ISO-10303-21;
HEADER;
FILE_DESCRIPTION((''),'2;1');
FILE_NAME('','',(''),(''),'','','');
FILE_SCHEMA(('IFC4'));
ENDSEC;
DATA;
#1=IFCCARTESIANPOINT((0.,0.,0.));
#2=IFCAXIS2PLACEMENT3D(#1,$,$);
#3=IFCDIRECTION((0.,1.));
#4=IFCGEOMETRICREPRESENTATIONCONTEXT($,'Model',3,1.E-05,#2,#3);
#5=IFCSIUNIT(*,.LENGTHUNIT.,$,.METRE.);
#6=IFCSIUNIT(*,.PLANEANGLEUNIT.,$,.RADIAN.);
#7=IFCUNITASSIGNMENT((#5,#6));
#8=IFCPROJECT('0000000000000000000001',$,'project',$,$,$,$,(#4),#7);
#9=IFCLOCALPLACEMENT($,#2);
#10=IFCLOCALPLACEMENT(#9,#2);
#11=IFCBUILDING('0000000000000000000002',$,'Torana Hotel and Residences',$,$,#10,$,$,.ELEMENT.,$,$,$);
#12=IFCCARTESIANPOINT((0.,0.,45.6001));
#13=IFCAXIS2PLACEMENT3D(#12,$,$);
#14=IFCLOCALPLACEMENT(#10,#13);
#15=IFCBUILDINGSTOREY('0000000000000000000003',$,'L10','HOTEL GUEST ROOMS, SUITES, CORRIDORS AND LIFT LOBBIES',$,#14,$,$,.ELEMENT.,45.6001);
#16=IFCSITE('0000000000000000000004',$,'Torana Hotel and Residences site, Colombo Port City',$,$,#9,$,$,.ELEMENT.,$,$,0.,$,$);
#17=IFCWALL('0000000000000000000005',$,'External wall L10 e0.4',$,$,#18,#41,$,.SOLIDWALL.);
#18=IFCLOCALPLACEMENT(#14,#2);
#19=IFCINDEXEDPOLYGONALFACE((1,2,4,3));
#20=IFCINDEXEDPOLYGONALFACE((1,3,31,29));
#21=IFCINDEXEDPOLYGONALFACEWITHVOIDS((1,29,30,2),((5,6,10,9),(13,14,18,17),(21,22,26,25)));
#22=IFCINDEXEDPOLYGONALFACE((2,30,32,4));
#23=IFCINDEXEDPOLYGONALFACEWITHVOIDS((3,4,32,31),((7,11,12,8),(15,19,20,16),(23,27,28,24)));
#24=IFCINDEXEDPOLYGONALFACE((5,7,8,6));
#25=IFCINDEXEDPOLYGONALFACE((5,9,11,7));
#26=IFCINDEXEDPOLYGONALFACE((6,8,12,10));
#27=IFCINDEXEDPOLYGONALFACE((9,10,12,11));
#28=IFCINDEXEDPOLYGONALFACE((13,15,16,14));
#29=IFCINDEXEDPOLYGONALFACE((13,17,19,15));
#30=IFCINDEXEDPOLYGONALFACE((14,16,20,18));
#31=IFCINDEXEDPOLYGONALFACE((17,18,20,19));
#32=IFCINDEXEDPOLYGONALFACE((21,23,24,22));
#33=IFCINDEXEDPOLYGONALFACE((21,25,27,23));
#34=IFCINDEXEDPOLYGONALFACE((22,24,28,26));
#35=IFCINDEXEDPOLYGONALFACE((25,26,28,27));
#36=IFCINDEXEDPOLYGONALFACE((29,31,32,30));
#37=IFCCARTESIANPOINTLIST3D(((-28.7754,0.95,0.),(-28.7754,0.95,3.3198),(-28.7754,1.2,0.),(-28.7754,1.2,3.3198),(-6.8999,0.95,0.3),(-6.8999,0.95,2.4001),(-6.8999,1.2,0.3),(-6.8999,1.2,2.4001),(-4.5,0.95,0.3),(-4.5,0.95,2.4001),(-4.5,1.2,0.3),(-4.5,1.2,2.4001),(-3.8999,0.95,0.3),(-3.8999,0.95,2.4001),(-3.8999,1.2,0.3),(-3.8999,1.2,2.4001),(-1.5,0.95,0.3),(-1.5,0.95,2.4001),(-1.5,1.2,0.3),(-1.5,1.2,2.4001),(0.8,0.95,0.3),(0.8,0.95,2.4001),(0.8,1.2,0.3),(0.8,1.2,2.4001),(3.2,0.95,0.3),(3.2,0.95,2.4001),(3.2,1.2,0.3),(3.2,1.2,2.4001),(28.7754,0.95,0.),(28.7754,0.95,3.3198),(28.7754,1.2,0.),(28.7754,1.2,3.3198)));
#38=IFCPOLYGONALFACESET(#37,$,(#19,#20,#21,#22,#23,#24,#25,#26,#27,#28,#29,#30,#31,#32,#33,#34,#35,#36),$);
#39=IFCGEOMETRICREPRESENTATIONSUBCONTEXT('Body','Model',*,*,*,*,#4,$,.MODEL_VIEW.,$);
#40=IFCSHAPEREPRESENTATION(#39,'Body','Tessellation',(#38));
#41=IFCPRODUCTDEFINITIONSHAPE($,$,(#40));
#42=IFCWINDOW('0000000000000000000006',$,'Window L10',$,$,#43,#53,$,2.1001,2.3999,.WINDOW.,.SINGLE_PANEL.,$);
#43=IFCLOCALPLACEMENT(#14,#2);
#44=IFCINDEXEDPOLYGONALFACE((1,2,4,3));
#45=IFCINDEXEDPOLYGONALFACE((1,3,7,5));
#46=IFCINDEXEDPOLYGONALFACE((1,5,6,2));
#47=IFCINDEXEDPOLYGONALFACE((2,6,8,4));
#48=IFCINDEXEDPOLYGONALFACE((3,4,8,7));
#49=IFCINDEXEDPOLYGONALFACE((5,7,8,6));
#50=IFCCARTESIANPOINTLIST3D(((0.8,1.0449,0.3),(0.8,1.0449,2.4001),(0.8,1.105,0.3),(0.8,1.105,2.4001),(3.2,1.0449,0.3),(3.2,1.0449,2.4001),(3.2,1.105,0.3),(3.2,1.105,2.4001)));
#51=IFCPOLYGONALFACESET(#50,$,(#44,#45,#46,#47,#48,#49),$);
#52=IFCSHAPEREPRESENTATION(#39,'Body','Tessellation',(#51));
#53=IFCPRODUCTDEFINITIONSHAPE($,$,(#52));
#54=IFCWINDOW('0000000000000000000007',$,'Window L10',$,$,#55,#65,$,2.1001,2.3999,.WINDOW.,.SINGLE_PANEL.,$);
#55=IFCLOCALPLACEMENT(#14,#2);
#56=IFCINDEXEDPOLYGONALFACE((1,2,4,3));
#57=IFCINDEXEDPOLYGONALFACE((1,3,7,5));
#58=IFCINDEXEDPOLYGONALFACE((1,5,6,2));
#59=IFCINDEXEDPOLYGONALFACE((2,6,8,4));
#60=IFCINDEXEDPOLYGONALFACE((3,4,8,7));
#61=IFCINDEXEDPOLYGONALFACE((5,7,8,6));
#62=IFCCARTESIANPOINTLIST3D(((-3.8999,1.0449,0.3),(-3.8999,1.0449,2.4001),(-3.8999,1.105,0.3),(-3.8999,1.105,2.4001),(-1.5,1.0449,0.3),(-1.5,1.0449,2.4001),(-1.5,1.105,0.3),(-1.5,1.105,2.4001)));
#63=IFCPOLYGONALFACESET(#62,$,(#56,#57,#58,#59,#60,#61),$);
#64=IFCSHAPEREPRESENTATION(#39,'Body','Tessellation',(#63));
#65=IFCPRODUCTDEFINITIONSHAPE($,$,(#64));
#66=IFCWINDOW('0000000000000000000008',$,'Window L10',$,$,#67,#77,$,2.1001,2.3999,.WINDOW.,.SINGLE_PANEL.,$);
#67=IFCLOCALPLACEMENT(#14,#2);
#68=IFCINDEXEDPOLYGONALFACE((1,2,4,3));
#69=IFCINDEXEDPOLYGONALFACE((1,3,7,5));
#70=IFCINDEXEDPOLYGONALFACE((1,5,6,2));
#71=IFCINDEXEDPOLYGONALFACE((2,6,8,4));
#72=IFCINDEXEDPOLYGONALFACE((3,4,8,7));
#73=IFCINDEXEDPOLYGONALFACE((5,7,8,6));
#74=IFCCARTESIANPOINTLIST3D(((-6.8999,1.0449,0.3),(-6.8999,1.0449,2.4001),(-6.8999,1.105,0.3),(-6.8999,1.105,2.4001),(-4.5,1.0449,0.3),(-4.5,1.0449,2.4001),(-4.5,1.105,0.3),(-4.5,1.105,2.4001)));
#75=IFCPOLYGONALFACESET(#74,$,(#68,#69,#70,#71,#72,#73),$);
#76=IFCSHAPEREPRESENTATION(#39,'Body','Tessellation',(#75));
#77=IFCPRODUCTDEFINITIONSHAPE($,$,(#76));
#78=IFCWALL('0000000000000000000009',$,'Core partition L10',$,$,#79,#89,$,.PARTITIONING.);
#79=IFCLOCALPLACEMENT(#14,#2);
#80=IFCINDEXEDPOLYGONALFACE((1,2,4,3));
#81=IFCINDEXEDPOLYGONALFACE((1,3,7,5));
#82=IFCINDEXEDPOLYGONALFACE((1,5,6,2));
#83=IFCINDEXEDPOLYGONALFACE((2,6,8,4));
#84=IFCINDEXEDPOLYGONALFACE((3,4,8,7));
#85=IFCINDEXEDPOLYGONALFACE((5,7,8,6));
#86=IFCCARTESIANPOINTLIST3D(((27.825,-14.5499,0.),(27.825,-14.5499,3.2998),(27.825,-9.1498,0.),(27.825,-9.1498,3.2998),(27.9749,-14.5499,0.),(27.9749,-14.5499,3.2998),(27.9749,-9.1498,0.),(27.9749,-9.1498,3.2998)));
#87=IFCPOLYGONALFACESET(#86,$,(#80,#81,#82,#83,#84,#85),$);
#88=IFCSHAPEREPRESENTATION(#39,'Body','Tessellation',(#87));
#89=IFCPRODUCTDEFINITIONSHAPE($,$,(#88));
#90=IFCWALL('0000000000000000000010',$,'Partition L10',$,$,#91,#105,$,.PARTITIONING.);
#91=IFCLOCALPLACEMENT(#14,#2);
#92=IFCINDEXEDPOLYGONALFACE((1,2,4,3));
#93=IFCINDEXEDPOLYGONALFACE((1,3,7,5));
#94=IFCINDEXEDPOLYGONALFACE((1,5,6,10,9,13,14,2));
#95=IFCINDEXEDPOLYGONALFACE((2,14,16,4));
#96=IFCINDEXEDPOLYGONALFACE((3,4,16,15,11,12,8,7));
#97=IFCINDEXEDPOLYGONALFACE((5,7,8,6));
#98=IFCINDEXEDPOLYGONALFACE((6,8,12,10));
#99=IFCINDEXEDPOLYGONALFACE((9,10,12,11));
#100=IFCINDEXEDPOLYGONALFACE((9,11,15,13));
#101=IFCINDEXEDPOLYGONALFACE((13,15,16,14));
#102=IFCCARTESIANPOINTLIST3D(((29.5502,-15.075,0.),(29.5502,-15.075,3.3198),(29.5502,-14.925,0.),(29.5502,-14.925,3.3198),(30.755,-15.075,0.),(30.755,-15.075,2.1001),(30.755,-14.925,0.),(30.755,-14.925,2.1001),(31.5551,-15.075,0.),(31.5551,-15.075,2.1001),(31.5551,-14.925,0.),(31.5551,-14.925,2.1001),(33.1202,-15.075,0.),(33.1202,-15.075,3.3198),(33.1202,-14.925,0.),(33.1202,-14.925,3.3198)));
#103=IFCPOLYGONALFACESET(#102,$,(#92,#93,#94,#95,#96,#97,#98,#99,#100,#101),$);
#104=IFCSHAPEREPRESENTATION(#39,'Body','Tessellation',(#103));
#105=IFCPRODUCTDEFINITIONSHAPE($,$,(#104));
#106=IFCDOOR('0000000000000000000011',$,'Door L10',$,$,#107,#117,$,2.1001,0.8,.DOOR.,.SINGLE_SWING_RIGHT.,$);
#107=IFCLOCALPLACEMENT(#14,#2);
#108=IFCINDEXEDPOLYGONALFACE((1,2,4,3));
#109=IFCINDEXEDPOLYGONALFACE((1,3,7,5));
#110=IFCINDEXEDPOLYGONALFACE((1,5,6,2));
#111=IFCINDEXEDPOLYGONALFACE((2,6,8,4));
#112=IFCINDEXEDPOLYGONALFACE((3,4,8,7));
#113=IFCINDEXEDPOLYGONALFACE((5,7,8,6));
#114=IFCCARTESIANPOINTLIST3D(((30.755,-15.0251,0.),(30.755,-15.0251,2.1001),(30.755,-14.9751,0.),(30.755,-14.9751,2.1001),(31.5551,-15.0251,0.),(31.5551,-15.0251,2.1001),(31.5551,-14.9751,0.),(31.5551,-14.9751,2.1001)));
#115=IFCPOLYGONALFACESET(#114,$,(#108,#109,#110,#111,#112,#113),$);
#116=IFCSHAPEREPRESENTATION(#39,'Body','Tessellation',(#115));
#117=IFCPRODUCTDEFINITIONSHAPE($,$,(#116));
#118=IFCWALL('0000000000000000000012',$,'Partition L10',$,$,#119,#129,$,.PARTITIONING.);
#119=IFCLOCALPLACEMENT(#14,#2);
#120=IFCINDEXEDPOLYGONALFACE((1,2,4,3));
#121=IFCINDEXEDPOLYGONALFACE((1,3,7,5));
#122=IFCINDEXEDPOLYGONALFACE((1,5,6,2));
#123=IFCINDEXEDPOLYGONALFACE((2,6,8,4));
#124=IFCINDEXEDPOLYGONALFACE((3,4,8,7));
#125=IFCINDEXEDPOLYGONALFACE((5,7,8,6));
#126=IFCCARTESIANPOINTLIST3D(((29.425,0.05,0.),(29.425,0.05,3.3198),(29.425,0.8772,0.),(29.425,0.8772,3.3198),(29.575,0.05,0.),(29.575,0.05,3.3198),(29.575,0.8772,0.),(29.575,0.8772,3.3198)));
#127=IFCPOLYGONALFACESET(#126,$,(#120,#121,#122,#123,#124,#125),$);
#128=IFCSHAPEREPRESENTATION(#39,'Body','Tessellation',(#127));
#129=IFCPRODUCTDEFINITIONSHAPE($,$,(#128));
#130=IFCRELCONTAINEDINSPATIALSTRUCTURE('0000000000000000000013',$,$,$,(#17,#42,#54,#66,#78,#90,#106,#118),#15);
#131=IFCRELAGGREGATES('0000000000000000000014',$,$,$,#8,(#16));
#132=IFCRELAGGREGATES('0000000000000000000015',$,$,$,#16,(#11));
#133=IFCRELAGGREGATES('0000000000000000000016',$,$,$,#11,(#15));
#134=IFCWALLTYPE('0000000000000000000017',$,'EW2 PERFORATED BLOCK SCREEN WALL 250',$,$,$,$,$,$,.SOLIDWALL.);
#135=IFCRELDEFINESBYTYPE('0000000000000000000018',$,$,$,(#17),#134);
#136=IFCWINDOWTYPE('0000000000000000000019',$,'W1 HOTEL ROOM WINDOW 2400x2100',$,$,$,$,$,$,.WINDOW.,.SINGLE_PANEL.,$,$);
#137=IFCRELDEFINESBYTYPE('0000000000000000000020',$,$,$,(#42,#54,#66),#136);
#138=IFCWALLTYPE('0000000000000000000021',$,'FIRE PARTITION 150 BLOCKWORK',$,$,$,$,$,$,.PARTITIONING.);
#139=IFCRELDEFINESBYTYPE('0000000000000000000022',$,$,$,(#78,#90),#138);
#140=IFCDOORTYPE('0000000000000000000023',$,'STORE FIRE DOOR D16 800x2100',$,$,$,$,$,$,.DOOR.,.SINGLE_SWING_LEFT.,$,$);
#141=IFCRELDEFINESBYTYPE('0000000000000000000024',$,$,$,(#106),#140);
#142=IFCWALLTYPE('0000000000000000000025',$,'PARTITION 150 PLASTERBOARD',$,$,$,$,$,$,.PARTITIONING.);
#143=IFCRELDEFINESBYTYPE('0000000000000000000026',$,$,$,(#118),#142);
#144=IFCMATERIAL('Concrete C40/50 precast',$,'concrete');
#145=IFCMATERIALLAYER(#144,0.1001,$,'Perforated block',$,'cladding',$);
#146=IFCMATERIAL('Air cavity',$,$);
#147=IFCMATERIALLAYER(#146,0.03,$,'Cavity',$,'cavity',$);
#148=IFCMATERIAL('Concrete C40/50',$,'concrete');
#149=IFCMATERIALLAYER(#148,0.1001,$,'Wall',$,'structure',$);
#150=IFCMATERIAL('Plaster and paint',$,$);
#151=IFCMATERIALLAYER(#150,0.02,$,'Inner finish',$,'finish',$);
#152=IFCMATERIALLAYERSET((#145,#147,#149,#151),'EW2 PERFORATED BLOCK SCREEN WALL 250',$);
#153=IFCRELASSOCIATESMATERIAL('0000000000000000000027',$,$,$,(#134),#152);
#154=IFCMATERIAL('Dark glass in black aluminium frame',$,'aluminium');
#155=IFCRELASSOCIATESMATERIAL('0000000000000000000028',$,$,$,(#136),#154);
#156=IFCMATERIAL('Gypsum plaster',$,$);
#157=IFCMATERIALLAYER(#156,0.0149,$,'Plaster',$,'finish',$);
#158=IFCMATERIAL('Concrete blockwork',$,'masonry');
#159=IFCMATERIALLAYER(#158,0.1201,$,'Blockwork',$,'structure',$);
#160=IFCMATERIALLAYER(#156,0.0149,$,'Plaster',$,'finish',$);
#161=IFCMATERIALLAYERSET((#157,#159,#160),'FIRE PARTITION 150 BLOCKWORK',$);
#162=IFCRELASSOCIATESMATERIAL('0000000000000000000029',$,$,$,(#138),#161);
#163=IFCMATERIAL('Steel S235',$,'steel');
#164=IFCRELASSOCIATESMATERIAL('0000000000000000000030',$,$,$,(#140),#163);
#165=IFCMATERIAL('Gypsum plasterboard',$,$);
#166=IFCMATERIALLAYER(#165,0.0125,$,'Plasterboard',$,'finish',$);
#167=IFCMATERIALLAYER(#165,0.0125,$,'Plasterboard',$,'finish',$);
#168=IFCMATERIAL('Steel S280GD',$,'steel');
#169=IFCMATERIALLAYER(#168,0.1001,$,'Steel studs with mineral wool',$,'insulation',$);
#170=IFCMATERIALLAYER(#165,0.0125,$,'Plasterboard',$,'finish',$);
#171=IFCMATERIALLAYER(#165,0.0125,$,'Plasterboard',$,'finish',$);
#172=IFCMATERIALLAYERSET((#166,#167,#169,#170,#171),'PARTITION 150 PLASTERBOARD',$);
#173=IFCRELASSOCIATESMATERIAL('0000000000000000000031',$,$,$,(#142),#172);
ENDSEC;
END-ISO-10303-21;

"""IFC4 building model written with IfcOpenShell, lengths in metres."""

from ifc_helpers import new_model, si_unit, direction, frame, frame_2d, origin, place, context, subcontext, project, spatial, rectangle, extrude, material, layer, layer_set, type_object, element, fill, save


model = new_model("IFC4")

# Units and contexts
model_context = context("Model", 3, precision=1e-05, world=origin(), true_north=direction((0.0, 1.0)))
body_context = subcontext(model_context, "Body", "Model", "MODEL_VIEW")
ifc_project = project(units=[si_unit("LENGTHUNIT", "METRE"), si_unit("PLANEANGLEUNIT", "RADIAN")], contexts=[model_context])

# Site, building, storey
site_placement = place(None, origin())
site = spatial("IfcSite", under=ifc_project, at=site_placement, Name="Torana Hotel and Residences site, Colombo Port City", CompositionType="ELEMENT", RefElevation=0.0)
building_placement = place(site_placement, origin())
building = spatial("IfcBuilding", under=site, at=building_placement, Name="Torana Hotel and Residences", CompositionType="ELEMENT")
storey_placement = place(building_placement, frame((0.0, 0.0, 45.6001)))
storey = spatial("IfcBuildingStorey", under=building, at=storey_placement, Name="L10", Description="HOTEL GUEST ROOMS, SUITES, CORRIDORS AND LIFT LOBBIES", CompositionType="ELEMENT", Elevation=45.6001)

# Shared definitions
ifc_material_1 = material(Name="Steel S280GD", Category="steel")

# Wall, openings, windows
ifc_material_2 = material(Name="Concrete C40/50 precast", Category="concrete")
ifc_layer_1 = layer(ifc_material_2, 0.1001, Name="Perforated block", Category="cladding")
ifc_material_3 = material(Name="Air cavity")
ifc_layer_2 = layer(ifc_material_3, 0.03, Name="Cavity", Category="cavity")
ifc_material_4 = material(Name="Concrete C40/50", Category="concrete")
ifc_layer_3 = layer(ifc_material_4, 0.1001, Name="Wall", Category="structure")
ifc_material_5 = material(Name="Plaster and paint")
ifc_layer_4 = layer(ifc_material_5, 0.02, Name="Inner finish", Category="finish")
ifc_layer_set_1 = layer_set([ifc_layer_1, ifc_layer_2, ifc_layer_3, ifc_layer_4], Name="EW2 PERFORATED BLOCK SCREEN WALL 250")
wall_type_1 = type_object("IfcWallType", Name="EW2 PERFORATED BLOCK SCREEN WALL 250", PredefinedType="SOLIDWALL", material=ifc_layer_set_1)
wall_1_placement = place(storey_placement, frame((28.7754, 1.075, 0.0), z_axis=(0.0, 0.0, 1.0), x_axis=(-1.0, 0.0, 0.0)))
wall_1 = element("IfcWall", 1, at=wall_1_placement, inside=storey, type_object=wall_type_1, Name="External wall L10 e0.4", PredefinedType="SOLIDWALL", context=body_context, shape_type="SweptSolid", body=[
    extrude(rectangle(XDim=57.5508, YDim=0.25, at=frame_2d((28.7754, 0.0))), origin(), (0.0, 0.0, 1.0), 3.3198),
])
opening_1_placement = place(wall_1_placement, frame((25.5754, 0.0, 0.3)))
opening_1 = element("IfcOpeningElement", 2, at=opening_1_placement, cuts=wall_1, PredefinedType="OPENING", context=body_context, shape_type="SweptSolid", body=[
    extrude(rectangle(XDim=2.3999, YDim=2.1001, at=frame_2d((1.2, 1.05))), frame((0.0, 0.135, 0.0), z_axis=(0.0, -1.0, 0.0), x_axis=(1.0, 0.0, 0.0)), (0.0, 0.0, 1.0), 0.27),
])
opening_2_placement = place(wall_1_placement, frame((30.2754, 0.0, 0.3)))
opening_2 = element("IfcOpeningElement", 3, at=opening_2_placement, cuts=wall_1, PredefinedType="OPENING", context=body_context, shape_type="SweptSolid", body=[
    extrude(rectangle(XDim=2.3999, YDim=2.1001, at=frame_2d((1.2, 1.05))), frame((0.0, 0.135, 0.0), z_axis=(0.0, -1.0, 0.0), x_axis=(1.0, 0.0, 0.0)), (0.0, 0.0, 1.0), 0.27),
])
opening_3_placement = place(wall_1_placement, frame((33.2754, 0.0, 0.3)))
opening_3 = element("IfcOpeningElement", 4, at=opening_3_placement, cuts=wall_1, PredefinedType="OPENING", context=body_context, shape_type="SweptSolid", body=[
    extrude(rectangle(XDim=2.3999, YDim=2.1001, at=frame_2d((1.2, 1.05))), frame((0.0, 0.135, 0.0), z_axis=(0.0, -1.0, 0.0), x_axis=(1.0, 0.0, 0.0)), (0.0, 0.0, 1.0), 0.27),
])
ifc_material_6 = material(Name="Dark glass in black aluminium frame", Category="aluminium")
window_type = type_object("IfcWindowType", Name="W1 HOTEL ROOM WINDOW 2400x2100", PartitioningType="SINGLE_PANEL", PredefinedType="WINDOW", material=ifc_material_6)
window_1_placement = place(opening_1_placement, origin())
window_1 = element("IfcWindow", 5, at=window_1_placement, inside=storey, type_object=window_type, Name="Window L10", OverallHeight=2.1001, OverallWidth=2.3999, PartitioningType="SINGLE_PANEL", PredefinedType="WINDOW", context=body_context, shape_type="SweptSolid", body=[
    extrude(rectangle(XDim=2.3999, YDim=2.1001, at=frame_2d((1.2, 1.05))), frame((0.0, 0.03, 0.0), z_axis=(0.0, -1.0, 0.0), x_axis=(1.0, 0.0, 0.0)), (0.0, 0.0, 1.0), 0.0601),
])
fill(opening_1, window_1)
window_2_placement = place(opening_2_placement, origin())
window_2 = element("IfcWindow", 6, at=window_2_placement, inside=storey, type_object=window_type, Name="Window L10", OverallHeight=2.1001, OverallWidth=2.3999, PartitioningType="SINGLE_PANEL", PredefinedType="WINDOW", context=body_context, shape_type="SweptSolid", body=[
    extrude(rectangle(XDim=2.3999, YDim=2.1001, at=frame_2d((1.2, 1.05))), frame((0.0, 0.03, 0.0), z_axis=(0.0, -1.0, 0.0), x_axis=(1.0, 0.0, 0.0)), (0.0, 0.0, 1.0), 0.0601),
])
fill(opening_2, window_2)
window_3_placement = place(opening_3_placement, origin())
window_3 = element("IfcWindow", 7, at=window_3_placement, inside=storey, type_object=window_type, Name="Window L10", OverallHeight=2.1001, OverallWidth=2.3999, PartitioningType="SINGLE_PANEL", PredefinedType="WINDOW", context=body_context, shape_type="SweptSolid", body=[
    extrude(rectangle(XDim=2.3999, YDim=2.1001, at=frame_2d((1.2, 1.05))), frame((0.0, 0.03, 0.0), z_axis=(0.0, -1.0, 0.0), x_axis=(1.0, 0.0, 0.0)), (0.0, 0.0, 1.0), 0.0601),
])
fill(opening_3, window_3)

# Wall
ifc_material_7 = material(Name="Gypsum plaster")
ifc_layer_5 = layer(ifc_material_7, 0.0149, Name="Plaster", Category="finish")
ifc_material_8 = material(Name="Concrete blockwork", Category="masonry")
ifc_layer_6 = layer(ifc_material_8, 0.1201, Name="Blockwork", Category="structure")
ifc_layer_7 = layer(ifc_material_7, 0.0149, Name="Plaster", Category="finish")
ifc_layer_set_2 = layer_set([ifc_layer_5, ifc_layer_6, ifc_layer_7], Name="FIRE PARTITION 150 BLOCKWORK")
wall_type_2 = type_object("IfcWallType", Name="FIRE PARTITION 150 BLOCKWORK", PredefinedType="PARTITIONING", material=ifc_layer_set_2)
wall_2_placement = place(storey_placement, frame((27.8999, -14.55, 0.0), z_axis=(0.0, 0.0, 1.0), x_axis=(0.0, 1.0, 0.0)))
element("IfcWall", 8, at=wall_2_placement, inside=storey, type_object=wall_type_2, Name="Core partition L10", PredefinedType="PARTITIONING", context=body_context, shape_type="SweptSolid", body=[
    extrude(rectangle(XDim=5.4001, YDim=0.1499, at=frame_2d((2.7002, 0.0))), origin(), (0.0, 0.0, 1.0), 3.2998),
])

# Wall, opening, door
wall_3_placement = place(storey_placement, frame((29.55, -15.0, 0.0), z_axis=(0.0, 0.0, 1.0), x_axis=(1.0, 0.0, 0.0)))
wall_3 = element("IfcWall", 9, at=wall_3_placement, inside=storey, type_object=wall_type_2, Name="Partition L10", PredefinedType="PARTITIONING", context=body_context, shape_type="SweptSolid", body=[
    extrude(rectangle(XDim=3.5701, YDim=0.1499, at=frame_2d((1.7852, 0.0))), origin(), (0.0, 0.0, 1.0), 3.3198),
])
opening_4_placement = place(wall_3_placement, frame((1.2051, 0.0, 0.0)))
opening_4 = element("IfcOpeningElement", 10, at=opening_4_placement, cuts=wall_3, PredefinedType="OPENING", context=body_context, shape_type="SweptSolid", body=[
    extrude(rectangle(XDim=0.8, YDim=2.1001, at=frame_2d((0.3999, 1.05))), frame((0.0, 0.085, 0.0), z_axis=(0.0, -1.0, 0.0), x_axis=(1.0, 0.0, 0.0)), (0.0, 0.0, 1.0), 0.1699),
])
ifc_material_9 = material(Name="Steel S235", Category="steel")
door_type_1 = type_object("IfcDoorType", Name="STORE FIRE DOOR D16 800x2100", OperationType="SINGLE_SWING_LEFT", PredefinedType="DOOR", material=ifc_material_9)
door_1_placement = place(opening_4_placement, origin())
door_1 = element("IfcDoor", 11, at=door_1_placement, inside=storey, type_object=door_type_1, Name="Door L10", OperationType="SINGLE_SWING_RIGHT", OverallHeight=2.1001, OverallWidth=0.8, PredefinedType="DOOR", context=body_context, shape_type="SweptSolid", body=[
    extrude(rectangle(XDim=0.8, YDim=2.1001, at=frame_2d((0.3999, 1.05))), frame((0.0, 0.0249, 0.0), z_axis=(0.0, -1.0, 0.0), x_axis=(1.0, 0.0, 0.0)), (0.0, 0.0, 1.0), 0.05),
])
fill(opening_4, door_1)

# Wall
ifc_material_10 = material(Name="Gypsum plasterboard")
ifc_layer_8 = layer(ifc_material_10, 0.0125, Name="Plasterboard", Category="finish")
ifc_layer_9 = layer(ifc_material_10, 0.0125, Name="Plasterboard", Category="finish")
ifc_layer_10 = layer(ifc_material_1, 0.1001, Name="Steel studs with mineral wool", Category="insulation")
ifc_layer_11 = layer(ifc_material_10, 0.0125, Name="Plasterboard", Category="finish")
ifc_layer_12 = layer(ifc_material_10, 0.0125, Name="Plasterboard", Category="finish")
ifc_layer_set_3 = layer_set([ifc_layer_8, ifc_layer_9, ifc_layer_10, ifc_layer_11, ifc_layer_12], Name="PARTITION 150 PLASTERBOARD")
wall_type_3 = type_object("IfcWallType", Name="PARTITION 150 PLASTERBOARD", PredefinedType="PARTITIONING", material=ifc_layer_set_3)
wall_4_placement = place(storey_placement, frame((29.5, 0.05, 0.0), z_axis=(0.0, 0.0, 1.0), x_axis=(0.0, 1.0, 0.0)))
element("IfcWall", 12, at=wall_4_placement, inside=storey, type_object=wall_type_3, Name="Partition L10", PredefinedType="PARTITIONING", context=body_context, shape_type="SweptSolid", body=[
    extrude(rectangle(XDim=0.8271, YDim=0.1499, at=frame_2d((0.4136, 0.0))), origin(), (0.0, 0.0, 1.0), 3.3198),
])

save(model, "model.ifc")
